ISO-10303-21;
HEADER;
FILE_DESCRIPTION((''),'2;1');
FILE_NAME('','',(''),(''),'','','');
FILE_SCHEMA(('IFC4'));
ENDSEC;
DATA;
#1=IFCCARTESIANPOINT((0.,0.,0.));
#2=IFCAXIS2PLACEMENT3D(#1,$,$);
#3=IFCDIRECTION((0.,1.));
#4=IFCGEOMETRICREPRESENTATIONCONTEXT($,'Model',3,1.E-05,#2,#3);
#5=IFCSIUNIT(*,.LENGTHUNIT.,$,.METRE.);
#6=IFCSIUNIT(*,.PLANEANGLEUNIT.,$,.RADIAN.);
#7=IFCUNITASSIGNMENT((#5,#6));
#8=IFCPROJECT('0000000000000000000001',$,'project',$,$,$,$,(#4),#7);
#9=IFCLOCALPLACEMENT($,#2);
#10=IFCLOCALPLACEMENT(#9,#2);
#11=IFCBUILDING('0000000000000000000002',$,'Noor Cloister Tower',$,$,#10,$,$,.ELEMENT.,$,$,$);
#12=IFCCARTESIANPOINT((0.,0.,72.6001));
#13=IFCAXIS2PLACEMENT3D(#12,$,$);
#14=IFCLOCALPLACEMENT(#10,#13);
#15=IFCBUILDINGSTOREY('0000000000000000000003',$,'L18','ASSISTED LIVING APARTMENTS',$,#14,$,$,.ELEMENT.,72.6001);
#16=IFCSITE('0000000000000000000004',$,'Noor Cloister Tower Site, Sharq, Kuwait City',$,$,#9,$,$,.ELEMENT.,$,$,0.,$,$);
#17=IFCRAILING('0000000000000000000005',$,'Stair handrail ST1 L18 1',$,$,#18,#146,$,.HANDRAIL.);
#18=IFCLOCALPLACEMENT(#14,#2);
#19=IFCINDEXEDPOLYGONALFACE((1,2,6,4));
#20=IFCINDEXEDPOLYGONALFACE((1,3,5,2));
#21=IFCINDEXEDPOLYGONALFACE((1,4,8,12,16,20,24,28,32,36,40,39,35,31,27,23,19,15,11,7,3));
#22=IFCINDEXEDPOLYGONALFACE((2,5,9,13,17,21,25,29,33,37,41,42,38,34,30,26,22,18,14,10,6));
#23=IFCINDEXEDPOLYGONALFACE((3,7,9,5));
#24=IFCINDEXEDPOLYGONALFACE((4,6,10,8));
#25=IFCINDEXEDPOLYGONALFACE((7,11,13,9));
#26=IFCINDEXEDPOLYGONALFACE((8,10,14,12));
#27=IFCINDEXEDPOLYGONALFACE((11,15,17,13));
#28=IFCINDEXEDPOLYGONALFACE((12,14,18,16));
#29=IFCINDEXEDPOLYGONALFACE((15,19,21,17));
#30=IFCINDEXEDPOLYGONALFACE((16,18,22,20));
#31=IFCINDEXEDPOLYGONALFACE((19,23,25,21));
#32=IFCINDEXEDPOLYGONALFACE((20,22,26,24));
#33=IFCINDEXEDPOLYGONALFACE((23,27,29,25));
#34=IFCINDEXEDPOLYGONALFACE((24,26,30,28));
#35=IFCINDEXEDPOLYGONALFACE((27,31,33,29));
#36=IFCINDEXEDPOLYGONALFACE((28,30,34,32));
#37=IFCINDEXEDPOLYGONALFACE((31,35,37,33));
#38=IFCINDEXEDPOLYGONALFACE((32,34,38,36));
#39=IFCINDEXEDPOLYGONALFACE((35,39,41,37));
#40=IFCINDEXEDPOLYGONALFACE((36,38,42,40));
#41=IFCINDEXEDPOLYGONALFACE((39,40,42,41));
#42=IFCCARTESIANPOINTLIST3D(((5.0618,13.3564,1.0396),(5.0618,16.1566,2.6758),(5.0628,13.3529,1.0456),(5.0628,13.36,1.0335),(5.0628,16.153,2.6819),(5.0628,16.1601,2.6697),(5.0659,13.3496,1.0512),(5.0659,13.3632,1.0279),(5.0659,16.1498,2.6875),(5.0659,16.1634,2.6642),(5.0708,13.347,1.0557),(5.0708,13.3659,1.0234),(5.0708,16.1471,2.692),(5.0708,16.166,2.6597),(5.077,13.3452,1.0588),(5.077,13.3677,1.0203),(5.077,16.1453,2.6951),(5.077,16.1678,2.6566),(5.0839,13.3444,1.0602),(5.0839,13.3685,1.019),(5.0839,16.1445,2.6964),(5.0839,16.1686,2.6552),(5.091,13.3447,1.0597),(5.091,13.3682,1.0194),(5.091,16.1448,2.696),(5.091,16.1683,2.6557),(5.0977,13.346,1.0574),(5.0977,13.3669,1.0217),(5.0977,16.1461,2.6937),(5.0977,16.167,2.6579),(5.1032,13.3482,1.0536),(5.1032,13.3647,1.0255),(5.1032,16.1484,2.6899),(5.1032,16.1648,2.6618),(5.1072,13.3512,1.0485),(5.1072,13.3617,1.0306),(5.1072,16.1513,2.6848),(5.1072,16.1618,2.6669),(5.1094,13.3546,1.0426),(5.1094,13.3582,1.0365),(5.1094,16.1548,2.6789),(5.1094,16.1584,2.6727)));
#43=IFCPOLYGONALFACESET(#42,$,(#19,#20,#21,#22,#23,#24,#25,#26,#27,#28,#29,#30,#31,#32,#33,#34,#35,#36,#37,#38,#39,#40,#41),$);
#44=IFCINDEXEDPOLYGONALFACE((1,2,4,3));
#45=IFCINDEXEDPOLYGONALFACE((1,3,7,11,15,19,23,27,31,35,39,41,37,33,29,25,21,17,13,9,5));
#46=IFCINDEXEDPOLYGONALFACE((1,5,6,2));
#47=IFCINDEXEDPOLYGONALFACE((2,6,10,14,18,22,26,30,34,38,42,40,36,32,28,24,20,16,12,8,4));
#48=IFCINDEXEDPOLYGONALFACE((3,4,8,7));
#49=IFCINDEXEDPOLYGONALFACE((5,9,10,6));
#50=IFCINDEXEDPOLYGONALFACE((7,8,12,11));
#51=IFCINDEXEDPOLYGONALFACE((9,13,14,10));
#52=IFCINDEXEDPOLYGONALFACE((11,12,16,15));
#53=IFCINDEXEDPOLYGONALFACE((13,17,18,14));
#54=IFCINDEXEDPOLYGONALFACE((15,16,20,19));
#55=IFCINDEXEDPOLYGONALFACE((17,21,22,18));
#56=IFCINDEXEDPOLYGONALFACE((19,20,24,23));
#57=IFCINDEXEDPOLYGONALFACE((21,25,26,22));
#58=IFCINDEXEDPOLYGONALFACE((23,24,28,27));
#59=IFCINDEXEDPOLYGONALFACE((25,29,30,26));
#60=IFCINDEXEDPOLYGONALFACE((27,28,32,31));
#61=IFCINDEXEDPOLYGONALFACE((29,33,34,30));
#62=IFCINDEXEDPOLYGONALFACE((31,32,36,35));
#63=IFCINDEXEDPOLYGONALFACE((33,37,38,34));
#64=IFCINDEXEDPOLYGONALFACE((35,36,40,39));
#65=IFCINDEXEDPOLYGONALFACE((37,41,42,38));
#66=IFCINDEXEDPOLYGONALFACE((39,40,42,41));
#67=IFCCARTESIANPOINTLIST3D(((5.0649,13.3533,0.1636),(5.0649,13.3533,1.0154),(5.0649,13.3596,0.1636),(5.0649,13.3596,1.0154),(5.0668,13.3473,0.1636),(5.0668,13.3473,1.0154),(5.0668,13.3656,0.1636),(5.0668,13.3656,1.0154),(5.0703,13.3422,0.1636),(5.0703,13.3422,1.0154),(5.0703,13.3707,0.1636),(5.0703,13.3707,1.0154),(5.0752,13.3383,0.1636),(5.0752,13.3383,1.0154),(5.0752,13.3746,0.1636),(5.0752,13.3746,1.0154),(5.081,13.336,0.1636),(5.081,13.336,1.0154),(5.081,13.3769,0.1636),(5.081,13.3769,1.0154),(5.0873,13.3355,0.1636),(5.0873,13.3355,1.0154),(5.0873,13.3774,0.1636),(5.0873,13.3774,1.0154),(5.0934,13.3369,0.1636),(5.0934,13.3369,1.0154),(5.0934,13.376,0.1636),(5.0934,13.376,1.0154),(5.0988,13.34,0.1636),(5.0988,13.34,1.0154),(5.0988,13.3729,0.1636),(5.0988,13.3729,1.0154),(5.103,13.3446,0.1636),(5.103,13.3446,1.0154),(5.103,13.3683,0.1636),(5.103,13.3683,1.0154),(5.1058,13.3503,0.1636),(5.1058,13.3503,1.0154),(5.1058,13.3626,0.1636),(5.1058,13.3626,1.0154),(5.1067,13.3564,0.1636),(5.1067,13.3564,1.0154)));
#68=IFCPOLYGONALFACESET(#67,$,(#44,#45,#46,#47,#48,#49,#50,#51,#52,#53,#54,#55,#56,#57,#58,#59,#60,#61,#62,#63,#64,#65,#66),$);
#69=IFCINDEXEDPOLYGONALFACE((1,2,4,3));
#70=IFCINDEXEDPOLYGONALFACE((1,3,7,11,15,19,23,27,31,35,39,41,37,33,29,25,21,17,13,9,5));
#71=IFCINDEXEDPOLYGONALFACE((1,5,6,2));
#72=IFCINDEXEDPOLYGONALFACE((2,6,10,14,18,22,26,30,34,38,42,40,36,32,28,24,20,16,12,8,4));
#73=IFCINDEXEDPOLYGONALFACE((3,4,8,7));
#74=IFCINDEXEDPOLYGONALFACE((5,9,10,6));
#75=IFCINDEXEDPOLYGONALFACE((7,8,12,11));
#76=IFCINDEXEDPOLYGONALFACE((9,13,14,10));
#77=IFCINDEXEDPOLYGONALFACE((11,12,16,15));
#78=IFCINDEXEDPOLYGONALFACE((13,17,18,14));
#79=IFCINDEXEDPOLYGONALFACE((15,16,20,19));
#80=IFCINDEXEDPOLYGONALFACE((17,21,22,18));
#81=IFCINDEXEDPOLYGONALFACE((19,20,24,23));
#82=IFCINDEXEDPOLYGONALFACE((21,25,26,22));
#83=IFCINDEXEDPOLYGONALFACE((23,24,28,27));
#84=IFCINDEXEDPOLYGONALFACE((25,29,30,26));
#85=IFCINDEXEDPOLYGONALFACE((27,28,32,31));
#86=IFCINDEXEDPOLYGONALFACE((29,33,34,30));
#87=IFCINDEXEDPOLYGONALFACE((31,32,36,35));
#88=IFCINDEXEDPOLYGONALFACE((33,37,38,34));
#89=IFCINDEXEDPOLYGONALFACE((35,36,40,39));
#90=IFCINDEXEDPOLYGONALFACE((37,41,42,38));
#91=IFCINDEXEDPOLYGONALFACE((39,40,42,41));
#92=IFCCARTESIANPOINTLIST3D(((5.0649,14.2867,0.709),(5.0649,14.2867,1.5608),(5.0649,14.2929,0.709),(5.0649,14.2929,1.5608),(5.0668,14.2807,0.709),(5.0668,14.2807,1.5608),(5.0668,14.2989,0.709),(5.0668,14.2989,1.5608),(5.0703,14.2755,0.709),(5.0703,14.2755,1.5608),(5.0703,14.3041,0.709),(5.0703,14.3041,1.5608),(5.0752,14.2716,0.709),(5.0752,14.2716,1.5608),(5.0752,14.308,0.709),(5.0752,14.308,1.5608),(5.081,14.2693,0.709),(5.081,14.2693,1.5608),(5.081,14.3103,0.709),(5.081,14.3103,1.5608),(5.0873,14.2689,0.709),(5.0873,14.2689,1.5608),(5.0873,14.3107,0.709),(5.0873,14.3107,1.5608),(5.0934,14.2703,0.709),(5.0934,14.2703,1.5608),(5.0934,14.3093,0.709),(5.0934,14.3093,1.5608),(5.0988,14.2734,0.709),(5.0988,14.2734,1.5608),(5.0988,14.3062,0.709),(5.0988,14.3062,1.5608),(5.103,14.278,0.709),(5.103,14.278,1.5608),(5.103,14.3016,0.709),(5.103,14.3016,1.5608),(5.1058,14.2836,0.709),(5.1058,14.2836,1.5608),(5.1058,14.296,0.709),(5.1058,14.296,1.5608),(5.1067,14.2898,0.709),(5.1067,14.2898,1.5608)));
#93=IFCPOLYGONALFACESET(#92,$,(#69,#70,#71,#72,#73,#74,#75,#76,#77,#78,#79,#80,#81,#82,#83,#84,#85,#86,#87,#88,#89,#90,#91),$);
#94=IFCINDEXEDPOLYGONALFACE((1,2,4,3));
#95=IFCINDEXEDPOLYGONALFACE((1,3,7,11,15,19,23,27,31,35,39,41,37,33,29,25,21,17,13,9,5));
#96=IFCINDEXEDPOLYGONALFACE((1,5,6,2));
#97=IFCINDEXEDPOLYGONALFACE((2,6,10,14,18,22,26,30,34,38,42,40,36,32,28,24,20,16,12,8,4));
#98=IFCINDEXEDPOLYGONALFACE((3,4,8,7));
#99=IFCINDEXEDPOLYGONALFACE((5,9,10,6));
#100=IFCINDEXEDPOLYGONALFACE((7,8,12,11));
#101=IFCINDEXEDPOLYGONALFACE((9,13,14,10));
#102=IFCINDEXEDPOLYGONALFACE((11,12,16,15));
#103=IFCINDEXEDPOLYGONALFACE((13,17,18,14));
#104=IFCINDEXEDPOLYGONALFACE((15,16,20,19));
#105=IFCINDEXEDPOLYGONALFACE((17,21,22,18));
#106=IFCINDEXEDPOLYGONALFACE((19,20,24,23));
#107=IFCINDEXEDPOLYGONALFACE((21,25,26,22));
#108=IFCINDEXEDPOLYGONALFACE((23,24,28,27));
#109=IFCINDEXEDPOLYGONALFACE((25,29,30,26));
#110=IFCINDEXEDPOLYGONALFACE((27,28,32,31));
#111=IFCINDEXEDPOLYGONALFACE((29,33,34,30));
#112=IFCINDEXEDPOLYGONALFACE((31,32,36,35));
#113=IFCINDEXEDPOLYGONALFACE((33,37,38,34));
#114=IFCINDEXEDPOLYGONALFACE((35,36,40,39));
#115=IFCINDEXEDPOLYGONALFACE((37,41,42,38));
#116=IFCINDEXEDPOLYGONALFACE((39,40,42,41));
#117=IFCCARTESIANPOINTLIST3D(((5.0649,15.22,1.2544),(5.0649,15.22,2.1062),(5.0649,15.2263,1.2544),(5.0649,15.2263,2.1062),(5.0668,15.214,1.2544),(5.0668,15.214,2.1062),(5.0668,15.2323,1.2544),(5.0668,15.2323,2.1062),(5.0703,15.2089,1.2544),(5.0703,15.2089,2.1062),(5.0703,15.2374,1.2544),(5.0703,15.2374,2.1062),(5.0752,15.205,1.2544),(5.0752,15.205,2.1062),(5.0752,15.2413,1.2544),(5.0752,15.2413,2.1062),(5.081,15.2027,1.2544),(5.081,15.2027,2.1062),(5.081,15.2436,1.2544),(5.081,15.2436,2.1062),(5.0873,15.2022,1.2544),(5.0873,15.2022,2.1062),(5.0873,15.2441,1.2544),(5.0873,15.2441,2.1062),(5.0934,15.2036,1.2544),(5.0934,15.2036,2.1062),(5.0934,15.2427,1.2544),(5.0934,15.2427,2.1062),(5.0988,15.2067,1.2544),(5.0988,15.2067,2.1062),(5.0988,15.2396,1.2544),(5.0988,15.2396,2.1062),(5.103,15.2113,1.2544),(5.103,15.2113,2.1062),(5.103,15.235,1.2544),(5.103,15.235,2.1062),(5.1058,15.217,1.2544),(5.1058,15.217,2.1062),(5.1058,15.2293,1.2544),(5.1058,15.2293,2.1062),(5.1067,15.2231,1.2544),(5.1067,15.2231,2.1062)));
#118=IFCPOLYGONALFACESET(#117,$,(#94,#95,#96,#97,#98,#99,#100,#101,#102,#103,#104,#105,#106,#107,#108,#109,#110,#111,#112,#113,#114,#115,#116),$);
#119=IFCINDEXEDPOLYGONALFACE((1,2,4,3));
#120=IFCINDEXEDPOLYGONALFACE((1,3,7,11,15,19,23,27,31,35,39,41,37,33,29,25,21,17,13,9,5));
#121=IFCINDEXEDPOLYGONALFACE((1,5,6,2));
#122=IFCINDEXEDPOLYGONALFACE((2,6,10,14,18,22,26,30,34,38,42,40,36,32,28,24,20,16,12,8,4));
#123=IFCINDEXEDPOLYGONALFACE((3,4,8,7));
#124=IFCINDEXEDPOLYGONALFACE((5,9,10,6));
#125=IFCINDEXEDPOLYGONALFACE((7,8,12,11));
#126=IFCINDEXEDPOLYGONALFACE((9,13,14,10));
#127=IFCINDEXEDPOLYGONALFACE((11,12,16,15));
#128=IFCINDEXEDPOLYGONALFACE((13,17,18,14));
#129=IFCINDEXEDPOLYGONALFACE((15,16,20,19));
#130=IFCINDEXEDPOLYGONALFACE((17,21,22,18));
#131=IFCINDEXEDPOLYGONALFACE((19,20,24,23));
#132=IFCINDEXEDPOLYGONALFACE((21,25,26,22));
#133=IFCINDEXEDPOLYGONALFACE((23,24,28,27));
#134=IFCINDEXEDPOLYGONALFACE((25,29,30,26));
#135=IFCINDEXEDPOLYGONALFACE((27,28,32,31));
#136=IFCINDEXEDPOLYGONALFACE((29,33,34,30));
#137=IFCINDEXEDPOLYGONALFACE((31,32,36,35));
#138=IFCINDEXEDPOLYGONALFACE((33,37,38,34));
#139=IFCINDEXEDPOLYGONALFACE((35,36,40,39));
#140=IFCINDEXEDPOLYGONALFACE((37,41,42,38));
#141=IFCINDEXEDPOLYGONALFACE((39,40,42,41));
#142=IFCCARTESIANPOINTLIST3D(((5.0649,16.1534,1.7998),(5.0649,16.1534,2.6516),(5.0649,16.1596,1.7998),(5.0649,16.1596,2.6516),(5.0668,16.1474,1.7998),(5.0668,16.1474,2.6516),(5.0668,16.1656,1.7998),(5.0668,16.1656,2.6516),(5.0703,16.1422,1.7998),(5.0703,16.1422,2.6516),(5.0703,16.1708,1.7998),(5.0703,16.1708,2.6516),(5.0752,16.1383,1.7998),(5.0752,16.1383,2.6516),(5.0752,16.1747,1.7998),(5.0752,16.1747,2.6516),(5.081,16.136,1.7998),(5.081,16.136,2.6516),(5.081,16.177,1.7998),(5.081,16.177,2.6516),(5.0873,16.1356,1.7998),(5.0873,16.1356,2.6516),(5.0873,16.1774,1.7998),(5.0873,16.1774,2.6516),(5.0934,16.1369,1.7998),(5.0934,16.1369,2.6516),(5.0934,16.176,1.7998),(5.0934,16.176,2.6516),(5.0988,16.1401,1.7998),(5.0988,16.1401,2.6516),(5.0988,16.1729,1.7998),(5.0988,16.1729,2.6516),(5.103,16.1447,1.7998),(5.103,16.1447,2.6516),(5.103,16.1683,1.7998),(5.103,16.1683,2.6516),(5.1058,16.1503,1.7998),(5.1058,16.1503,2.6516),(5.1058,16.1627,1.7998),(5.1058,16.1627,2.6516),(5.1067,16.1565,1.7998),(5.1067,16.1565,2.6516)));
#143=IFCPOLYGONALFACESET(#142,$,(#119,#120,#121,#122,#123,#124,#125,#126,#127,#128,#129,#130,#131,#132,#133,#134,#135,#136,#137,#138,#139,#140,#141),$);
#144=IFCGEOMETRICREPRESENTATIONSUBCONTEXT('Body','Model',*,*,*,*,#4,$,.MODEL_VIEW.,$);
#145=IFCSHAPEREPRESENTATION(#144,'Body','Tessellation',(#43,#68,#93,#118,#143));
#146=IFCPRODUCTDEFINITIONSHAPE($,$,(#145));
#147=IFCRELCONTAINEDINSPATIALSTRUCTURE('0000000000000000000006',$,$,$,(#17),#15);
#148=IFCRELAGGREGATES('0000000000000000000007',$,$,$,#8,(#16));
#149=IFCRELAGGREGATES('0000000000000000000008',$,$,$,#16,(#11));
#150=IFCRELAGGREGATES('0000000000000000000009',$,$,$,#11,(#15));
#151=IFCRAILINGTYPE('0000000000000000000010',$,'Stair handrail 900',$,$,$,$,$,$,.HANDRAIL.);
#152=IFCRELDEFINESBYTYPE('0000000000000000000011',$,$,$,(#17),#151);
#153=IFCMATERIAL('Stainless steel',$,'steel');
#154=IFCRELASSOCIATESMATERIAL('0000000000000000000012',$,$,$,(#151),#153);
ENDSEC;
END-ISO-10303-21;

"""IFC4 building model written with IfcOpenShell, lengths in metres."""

from ifc_helpers import new_model, si_unit, direction, frame, origin, origin_2d, place, context, subcontext, project, spatial, circle, extrude, material, type_object, element, save


model = new_model("IFC4")

# Units and contexts
model_context = context("Model", 3, precision=1e-05, world=origin(), true_north=direction((0.0, 1.0)))
body_context = subcontext(model_context, "Body", "Model", "MODEL_VIEW")
ifc_project = project(units=[si_unit("LENGTHUNIT", "METRE"), si_unit("PLANEANGLEUNIT", "RADIAN")], contexts=[model_context])

# Site, building, storey
site_placement = place(None, origin())
site = spatial("IfcSite", under=ifc_project, at=site_placement, Name="Noor Cloister Tower Site, Sharq, Kuwait City", CompositionType="ELEMENT", RefElevation=0.0)
building_placement = place(site_placement, origin())
building = spatial("IfcBuilding", under=site, at=building_placement, Name="Noor Cloister Tower", CompositionType="ELEMENT")
storey_placement = place(building_placement, frame((0.0, 0.0, 72.6001)))
storey = spatial("IfcBuildingStorey", under=building, at=storey_placement, Name="L18", Description="ASSISTED LIVING APARTMENTS", CompositionType="ELEMENT", Elevation=72.6001)

# Railing
ifc_material_1 = material(Name="Stainless steel", Category="steel")
railing_type_1 = type_object("IfcRailingType", Name="Stair handrail 900", PredefinedType="HANDRAIL", material=ifc_material_1)
railing_1_placement = place(storey_placement, frame((5.0857, 13.3564, 0.1636)))
element("IfcRailing", 1, at=railing_1_placement, inside=storey, type_object=railing_type_1, Name="Stair handrail ST1 L18 1", PredefinedType="HANDRAIL", context=body_context, shape_type="SweptSolid", body=[
    extrude(circle(Radius=0.0239, at=origin_2d()), frame((0.0, 0.0, 0.876), z_axis=(0.0, 0.863394, 0.504531), x_axis=(-1.0, 0.0, 0.0)), (0.0, 0.0, 1.0), 3.2432),
    extrude(circle(Radius=0.021, at=origin_2d()), origin(), (0.0, 0.0, 1.0), 0.8518),
    extrude(circle(Radius=0.021, at=origin_2d()), frame((0.0, 0.9333, 0.5454)), (0.0, 0.0, 1.0), 0.8518),
    extrude(circle(Radius=0.021, at=origin_2d()), frame((0.0, 1.8667, 1.0908)), (0.0, 0.0, 1.0), 0.8518),
    extrude(circle(Radius=0.021, at=origin_2d()), frame((0.0, 2.8, 1.6362)), (0.0, 0.0, 1.0), 0.8518),
])

save(model, "model.ifc")
